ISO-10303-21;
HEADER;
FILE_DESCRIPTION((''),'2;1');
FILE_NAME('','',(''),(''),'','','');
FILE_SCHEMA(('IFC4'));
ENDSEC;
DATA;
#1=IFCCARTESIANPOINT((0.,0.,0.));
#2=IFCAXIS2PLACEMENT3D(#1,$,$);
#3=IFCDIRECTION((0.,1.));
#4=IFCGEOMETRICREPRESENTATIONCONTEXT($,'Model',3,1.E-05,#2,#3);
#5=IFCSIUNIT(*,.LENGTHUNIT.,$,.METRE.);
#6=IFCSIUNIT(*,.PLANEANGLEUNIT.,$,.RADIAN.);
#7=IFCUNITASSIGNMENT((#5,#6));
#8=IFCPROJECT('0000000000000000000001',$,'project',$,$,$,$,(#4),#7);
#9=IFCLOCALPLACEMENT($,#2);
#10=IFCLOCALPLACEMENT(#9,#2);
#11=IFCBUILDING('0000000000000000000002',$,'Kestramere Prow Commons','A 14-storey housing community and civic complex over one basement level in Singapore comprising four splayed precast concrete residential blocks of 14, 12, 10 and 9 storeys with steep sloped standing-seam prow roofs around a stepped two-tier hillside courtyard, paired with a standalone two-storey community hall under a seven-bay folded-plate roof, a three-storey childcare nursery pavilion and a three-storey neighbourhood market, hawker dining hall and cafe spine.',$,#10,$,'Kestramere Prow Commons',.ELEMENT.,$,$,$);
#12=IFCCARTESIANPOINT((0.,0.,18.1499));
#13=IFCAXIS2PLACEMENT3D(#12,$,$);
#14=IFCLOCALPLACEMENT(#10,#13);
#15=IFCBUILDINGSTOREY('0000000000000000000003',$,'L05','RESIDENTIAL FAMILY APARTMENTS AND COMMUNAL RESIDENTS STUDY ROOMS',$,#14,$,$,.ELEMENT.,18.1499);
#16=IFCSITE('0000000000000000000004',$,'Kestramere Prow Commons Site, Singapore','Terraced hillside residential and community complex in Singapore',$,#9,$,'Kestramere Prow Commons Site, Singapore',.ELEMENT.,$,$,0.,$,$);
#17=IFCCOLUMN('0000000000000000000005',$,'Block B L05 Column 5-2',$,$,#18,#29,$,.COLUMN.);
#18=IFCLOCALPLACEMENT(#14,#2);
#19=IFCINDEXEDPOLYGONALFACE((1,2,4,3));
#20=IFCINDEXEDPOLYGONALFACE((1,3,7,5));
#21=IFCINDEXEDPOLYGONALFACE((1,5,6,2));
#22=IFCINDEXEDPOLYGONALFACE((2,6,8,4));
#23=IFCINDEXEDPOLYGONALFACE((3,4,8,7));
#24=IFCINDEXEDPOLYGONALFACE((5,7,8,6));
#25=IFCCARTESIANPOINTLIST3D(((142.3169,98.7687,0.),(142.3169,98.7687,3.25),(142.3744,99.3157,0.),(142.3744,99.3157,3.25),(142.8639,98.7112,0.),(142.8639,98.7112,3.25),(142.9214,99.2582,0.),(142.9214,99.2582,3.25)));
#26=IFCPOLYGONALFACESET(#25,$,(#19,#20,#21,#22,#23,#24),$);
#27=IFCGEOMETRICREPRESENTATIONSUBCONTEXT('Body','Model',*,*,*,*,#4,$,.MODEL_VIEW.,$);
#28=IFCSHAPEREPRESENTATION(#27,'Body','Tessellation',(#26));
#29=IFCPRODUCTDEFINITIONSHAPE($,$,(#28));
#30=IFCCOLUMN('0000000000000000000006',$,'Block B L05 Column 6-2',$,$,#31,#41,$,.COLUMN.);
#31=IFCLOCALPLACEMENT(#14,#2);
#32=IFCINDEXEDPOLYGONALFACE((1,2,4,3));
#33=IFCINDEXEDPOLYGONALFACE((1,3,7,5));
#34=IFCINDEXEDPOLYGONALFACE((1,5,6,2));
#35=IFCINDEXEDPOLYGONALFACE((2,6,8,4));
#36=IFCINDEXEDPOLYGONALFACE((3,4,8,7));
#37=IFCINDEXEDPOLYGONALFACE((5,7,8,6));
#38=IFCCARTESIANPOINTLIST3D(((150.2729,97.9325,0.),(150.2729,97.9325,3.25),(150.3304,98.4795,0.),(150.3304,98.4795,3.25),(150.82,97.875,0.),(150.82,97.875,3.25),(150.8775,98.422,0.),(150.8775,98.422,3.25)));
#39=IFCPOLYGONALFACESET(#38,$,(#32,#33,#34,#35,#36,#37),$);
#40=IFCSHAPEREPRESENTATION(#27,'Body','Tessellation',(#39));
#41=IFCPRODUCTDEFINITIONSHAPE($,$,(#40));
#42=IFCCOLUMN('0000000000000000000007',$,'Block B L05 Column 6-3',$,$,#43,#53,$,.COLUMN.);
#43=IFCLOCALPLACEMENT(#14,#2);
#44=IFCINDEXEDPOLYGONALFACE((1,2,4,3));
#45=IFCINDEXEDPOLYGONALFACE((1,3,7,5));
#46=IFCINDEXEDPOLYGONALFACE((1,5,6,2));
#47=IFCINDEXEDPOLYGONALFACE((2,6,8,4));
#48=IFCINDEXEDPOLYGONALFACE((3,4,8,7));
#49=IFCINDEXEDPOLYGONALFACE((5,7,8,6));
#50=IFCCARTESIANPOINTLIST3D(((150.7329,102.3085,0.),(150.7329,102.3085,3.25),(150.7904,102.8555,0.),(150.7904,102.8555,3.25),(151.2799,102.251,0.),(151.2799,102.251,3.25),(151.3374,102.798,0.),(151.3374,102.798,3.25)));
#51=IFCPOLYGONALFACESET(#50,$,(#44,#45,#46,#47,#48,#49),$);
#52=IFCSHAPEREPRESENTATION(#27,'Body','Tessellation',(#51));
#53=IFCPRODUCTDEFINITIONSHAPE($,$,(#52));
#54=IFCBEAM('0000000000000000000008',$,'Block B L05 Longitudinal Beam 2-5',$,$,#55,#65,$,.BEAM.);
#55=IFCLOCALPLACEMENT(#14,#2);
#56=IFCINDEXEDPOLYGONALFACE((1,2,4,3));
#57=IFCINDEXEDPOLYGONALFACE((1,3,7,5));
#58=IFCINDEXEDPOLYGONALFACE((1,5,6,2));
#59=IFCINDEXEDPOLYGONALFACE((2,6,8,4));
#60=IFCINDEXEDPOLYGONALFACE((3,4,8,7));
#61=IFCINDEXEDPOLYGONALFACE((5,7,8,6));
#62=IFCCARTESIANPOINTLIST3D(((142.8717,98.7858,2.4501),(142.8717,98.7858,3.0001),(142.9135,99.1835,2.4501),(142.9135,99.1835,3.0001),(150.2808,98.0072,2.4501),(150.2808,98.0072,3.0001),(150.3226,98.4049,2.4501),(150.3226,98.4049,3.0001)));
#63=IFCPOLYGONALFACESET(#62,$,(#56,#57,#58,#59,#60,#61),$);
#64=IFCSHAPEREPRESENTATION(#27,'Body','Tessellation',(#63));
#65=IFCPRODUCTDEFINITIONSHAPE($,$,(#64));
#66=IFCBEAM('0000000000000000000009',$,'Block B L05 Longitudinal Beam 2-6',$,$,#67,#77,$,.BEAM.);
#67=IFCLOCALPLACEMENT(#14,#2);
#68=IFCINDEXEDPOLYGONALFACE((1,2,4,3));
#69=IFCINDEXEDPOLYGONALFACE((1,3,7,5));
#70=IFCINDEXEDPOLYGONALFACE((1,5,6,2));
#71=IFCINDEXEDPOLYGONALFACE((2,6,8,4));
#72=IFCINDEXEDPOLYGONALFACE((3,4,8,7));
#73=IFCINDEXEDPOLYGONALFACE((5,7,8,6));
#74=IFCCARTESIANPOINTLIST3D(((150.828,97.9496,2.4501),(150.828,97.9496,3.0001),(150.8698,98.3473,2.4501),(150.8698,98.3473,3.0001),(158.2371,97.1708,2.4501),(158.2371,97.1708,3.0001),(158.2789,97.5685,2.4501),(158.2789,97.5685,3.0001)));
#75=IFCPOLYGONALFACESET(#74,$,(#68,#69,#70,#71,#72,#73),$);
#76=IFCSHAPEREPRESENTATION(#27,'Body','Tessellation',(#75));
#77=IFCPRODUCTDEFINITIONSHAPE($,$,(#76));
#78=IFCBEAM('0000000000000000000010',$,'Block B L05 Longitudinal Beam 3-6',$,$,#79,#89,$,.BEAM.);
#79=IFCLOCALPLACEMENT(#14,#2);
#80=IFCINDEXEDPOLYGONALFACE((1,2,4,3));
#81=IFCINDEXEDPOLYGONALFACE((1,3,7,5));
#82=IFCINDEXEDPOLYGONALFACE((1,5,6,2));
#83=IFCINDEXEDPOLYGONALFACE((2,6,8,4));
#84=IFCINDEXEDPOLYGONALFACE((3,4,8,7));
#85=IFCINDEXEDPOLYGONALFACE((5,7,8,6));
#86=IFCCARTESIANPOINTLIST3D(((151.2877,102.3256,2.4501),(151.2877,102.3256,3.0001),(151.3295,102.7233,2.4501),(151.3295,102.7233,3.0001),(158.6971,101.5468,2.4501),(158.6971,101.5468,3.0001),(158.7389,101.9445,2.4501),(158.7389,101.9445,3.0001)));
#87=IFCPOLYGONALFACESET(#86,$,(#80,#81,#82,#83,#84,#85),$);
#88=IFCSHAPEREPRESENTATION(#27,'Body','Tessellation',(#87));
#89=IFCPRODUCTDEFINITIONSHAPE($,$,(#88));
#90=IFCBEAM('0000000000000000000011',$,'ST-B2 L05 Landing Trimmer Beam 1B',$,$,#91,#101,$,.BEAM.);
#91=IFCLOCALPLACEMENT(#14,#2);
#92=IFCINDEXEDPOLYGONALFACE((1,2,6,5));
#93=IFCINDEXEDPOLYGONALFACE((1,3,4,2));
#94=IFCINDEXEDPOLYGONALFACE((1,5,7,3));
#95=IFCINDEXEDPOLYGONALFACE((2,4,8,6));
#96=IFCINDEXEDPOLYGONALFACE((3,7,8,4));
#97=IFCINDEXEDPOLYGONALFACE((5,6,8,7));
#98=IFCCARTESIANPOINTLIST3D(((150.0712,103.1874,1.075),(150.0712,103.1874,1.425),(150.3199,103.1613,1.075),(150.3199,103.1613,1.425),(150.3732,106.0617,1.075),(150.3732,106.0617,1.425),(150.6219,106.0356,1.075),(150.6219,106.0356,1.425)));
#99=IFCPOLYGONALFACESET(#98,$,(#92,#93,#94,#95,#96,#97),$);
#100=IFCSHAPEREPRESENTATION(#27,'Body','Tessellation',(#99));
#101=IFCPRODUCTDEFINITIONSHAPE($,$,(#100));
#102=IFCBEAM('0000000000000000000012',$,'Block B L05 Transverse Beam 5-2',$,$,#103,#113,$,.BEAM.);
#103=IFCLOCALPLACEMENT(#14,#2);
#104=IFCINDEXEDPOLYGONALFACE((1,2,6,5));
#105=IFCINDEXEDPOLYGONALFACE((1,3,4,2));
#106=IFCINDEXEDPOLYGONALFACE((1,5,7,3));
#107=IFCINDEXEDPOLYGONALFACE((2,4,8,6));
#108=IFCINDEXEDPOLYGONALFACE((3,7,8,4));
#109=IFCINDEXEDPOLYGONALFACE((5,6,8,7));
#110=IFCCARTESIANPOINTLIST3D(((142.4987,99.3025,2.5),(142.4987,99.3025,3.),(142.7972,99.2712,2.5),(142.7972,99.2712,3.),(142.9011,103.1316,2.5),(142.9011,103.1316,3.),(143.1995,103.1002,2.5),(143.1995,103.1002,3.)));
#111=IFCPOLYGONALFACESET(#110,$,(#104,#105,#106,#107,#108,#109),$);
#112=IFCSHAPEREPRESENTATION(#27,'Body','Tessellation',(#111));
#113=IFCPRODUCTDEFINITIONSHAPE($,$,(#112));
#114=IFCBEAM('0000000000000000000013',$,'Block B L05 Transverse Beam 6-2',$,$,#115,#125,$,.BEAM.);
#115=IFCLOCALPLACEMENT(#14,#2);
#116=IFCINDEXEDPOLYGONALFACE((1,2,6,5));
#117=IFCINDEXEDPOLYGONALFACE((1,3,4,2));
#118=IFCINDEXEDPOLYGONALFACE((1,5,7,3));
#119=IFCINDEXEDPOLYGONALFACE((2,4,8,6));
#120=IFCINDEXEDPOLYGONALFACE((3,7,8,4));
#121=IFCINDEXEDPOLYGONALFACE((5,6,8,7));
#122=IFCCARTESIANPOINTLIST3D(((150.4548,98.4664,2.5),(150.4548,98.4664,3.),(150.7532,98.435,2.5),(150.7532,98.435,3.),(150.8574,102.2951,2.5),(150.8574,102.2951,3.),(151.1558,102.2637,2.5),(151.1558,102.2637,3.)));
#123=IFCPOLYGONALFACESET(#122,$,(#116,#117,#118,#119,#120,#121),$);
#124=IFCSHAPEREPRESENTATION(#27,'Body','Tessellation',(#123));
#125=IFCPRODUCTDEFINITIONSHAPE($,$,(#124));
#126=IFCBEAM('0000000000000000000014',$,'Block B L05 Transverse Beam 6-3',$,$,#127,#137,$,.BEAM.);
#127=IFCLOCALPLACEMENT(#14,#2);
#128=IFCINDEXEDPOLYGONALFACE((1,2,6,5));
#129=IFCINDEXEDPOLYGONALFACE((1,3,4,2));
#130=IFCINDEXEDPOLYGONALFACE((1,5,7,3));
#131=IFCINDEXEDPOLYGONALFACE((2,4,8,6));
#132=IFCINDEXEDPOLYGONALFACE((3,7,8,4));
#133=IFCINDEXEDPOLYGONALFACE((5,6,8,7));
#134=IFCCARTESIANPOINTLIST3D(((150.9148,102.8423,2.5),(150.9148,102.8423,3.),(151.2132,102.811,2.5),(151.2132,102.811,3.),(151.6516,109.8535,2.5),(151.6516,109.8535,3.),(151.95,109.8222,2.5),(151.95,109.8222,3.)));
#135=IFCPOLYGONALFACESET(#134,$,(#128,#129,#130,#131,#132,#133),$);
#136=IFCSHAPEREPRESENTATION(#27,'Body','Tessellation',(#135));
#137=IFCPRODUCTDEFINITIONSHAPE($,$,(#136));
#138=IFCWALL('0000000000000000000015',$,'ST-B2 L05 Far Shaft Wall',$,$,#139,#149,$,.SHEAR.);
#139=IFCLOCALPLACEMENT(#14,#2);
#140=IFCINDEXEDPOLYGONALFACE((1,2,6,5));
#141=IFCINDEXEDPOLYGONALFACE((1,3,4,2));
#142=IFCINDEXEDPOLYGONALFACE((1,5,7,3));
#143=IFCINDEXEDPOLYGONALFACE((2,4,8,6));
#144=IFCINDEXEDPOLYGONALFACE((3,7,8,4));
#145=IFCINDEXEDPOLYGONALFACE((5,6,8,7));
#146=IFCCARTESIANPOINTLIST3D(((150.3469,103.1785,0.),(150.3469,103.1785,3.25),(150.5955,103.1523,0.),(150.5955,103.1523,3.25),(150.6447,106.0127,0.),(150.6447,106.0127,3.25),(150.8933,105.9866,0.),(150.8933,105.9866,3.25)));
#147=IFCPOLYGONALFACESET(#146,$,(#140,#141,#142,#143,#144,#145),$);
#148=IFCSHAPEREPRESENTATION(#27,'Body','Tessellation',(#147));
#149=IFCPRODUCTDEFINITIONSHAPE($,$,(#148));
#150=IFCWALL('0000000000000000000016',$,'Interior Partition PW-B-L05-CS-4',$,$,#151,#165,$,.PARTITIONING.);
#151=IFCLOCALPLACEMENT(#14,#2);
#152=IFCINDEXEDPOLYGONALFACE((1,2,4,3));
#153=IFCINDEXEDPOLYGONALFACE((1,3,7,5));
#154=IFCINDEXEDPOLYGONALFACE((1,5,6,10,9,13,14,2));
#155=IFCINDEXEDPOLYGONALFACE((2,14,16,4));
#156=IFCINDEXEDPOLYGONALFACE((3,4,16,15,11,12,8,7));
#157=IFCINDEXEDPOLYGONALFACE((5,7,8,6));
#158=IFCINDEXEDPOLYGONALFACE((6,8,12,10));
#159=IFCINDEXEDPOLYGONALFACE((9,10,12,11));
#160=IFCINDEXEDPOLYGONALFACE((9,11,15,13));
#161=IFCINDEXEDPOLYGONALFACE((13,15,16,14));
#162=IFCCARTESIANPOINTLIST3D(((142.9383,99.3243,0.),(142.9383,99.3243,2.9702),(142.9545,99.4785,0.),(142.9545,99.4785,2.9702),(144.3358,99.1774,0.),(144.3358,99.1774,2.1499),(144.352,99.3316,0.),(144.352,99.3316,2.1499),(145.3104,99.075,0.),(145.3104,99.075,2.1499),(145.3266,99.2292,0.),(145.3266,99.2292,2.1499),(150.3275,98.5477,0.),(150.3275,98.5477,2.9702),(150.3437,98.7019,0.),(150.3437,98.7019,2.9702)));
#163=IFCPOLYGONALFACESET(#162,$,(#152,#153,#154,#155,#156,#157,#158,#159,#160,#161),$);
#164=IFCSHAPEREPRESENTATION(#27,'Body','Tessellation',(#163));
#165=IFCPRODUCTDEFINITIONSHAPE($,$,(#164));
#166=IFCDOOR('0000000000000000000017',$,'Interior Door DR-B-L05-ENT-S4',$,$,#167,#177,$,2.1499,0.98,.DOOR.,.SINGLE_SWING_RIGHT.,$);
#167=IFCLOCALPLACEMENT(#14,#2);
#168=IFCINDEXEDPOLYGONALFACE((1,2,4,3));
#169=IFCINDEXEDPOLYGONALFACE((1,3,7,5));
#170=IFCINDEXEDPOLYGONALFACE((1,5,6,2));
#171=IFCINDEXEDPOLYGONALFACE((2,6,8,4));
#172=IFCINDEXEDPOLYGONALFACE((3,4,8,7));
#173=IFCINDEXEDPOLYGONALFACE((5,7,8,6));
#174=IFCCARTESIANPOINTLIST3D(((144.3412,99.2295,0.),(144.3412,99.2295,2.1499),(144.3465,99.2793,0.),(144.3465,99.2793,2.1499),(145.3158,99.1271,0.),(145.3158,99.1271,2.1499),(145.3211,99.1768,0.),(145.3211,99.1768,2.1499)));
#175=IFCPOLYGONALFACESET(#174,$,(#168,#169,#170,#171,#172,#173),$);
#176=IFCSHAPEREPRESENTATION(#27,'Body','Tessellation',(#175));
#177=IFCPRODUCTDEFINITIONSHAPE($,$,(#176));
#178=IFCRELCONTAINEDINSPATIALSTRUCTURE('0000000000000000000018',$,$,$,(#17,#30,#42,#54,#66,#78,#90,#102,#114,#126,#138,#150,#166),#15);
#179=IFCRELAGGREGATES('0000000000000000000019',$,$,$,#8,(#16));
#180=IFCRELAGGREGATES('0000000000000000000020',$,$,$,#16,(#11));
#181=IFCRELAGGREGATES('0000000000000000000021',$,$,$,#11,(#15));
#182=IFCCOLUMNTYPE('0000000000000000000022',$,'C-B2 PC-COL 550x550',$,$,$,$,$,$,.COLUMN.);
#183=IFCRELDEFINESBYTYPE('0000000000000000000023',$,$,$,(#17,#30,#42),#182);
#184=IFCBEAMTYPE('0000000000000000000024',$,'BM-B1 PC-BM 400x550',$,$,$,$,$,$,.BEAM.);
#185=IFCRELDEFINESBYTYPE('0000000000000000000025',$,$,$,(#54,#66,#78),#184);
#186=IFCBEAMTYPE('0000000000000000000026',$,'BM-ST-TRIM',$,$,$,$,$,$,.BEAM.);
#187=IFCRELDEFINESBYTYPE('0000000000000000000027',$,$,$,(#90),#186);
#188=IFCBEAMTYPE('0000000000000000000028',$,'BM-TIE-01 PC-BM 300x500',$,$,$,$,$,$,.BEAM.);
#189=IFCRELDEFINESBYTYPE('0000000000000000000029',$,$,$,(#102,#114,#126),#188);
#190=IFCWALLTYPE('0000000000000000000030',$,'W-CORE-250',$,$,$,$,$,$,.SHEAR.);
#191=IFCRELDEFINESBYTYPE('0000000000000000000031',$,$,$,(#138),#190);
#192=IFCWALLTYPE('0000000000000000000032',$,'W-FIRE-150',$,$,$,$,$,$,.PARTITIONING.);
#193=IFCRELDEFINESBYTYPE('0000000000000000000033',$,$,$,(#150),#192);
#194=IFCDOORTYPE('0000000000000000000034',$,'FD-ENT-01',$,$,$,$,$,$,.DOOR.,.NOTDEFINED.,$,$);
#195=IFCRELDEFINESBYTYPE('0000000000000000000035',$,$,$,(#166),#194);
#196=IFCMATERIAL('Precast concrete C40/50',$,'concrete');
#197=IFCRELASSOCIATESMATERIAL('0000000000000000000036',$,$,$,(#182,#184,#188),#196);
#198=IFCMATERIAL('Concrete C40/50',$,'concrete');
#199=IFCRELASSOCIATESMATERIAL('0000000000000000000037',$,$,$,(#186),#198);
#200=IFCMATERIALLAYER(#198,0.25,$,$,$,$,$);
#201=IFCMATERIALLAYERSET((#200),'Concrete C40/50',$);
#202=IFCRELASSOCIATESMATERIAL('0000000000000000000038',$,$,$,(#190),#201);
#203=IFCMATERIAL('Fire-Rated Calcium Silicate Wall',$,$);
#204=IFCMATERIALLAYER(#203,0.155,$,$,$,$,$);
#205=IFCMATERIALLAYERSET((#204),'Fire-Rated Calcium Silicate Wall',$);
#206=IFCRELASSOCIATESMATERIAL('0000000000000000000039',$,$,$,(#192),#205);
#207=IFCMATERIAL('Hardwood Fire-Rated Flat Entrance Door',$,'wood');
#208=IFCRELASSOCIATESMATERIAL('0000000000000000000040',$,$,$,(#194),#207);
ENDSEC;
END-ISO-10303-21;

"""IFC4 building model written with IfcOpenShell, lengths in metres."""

from ifc_helpers import new_model, si_unit, direction, frame, frame_2d, origin, origin_2d, place, context, subcontext, project, spatial, rectangle, extrude, material, layer, layer_set, material_profile, profile_set, type_object, element, fill, save


model = new_model("IFC4")

# Units and contexts
model_context = context("Model", 3, precision=1e-05, world=origin(), true_north=direction((0.0, 1.0)))
body_context = subcontext(model_context, "Body", "Model", "MODEL_VIEW")
ifc_project = project(units=[si_unit("LENGTHUNIT", "METRE"), si_unit("PLANEANGLEUNIT", "RADIAN")], contexts=[model_context])

# Site, building, storey
site_placement = place(None, origin())
site = spatial("IfcSite", under=ifc_project, at=site_placement, Name="Kestramere Prow Commons Site, Singapore", Description="Terraced hillside residential and community complex in Singapore", LongName="Kestramere Prow Commons Site, Singapore", CompositionType="ELEMENT", RefElevation=0.0)
building_placement = place(site_placement, origin())
building = spatial("IfcBuilding", under=site, at=building_placement, Name="Kestramere Prow Commons", Description="A 14-storey housing community and civic complex over one basement level in Singapore comprising four splayed precast concrete residential blocks of 14, 12, 10 and 9 storeys with steep sloped standing-seam prow roofs around a stepped two-tier hillside courtyard, paired with a standalone two-storey community hall under a seven-bay folded-plate roof, a three-storey childcare nursery pavilion and a three-storey neighbourhood market, hawker dining hall and cafe spine.", LongName="Kestramere Prow Commons", CompositionType="ELEMENT")
storey_placement = place(building_placement, frame((0.0, 0.0, 18.1499)))
storey = spatial("IfcBuildingStorey", under=building, at=storey_placement, Name="L05", Description="RESIDENTIAL FAMILY APARTMENTS AND COMMUNAL RESIDENTS STUDY ROOMS", CompositionType="ELEMENT", Elevation=18.1499)

# Columns
ifc_material_1 = material(Name="Precast concrete C40/50", Category="concrete")
ifc_material_profile_1 = material_profile(ifc_material_1, rectangle(XDim=0.55, YDim=0.55, at=origin_2d()), Name="PC-COL 550x550")
ifc_profile_set_1 = profile_set([ifc_material_profile_1], Name="Precast concrete C40/50")
column_type = type_object("IfcColumnType", Name="C-B2 PC-COL 550x550", PredefinedType="COLUMN", material=ifc_profile_set_1)
for number, where, z_axis, x_axis, name in (
    (1, (142.6191, 99.0134, 0.0), (0.0, 0.0, 1.0), (0.994522, -0.104528, 0.0), "Block B L05 Column 5-2"),
    (2, (150.5752, 98.1772, 0.0), (0.0, 0.0, 1.0), (0.994522, -0.104528, 0.0), "Block B L05 Column 6-2"),
    (3, (151.0352, 102.5532, 0.0), (0.0, 0.0, 1.0), (0.994522, -0.104528, 0.0), "Block B L05 Column 6-3"),
):
    element("IfcColumn", number, at=place(storey_placement, frame(where, z_axis=z_axis, x_axis=x_axis)), inside=storey, type_object=column_type, Name=name, PredefinedType="COLUMN", context=body_context, shape_type="SweptSolid", body=[
        extrude(rectangle(XDim=0.55, YDim=0.55, at=origin_2d()), origin(), (0.0, 0.0, 1.0), 3.25),
    ])

# Beams
ifc_material_profile_2 = material_profile(ifc_material_1, rectangle(XDim=0.3999, YDim=0.55, at=origin_2d()), Name="PC-BM 400x550")
ifc_profile_set_2 = profile_set([ifc_material_profile_2], Name="Precast concrete C40/50")
beam_type_1 = type_object("IfcBeamType", Name="BM-B1 PC-BM 400x550", PredefinedType="BEAM", material=ifc_profile_set_2)
for number, where, z_axis, x_axis, name in (
    (4, (142.8926, 98.9846, 2.7251), (0.994524, -0.104506, 0.0), (0.104506, 0.994524, 0.0), "Block B L05 Longitudinal Beam 2-5"),
    (5, (150.8489, 98.1484, 2.7251), (0.994521, -0.104538, 0.0), (0.104538, 0.994521, 0.0), "Block B L05 Longitudinal Beam 2-6"),
):
    element("IfcBeam", number, at=place(storey_placement, frame(where, z_axis=z_axis, x_axis=x_axis)), inside=storey, type_object=beam_type_1, Name=name, PredefinedType="BEAM", context=body_context, shape_type="SweptSolid", body=[
        extrude(rectangle(XDim=0.3999, YDim=0.55, at=origin_2d()), origin(), (0.0, 0.0, 1.0), 7.45),
    ])
beam_1_placement = place(storey_placement, frame((151.3086, 102.5244, 2.7251), z_axis=(0.994521, -0.104535, 0.0), x_axis=(0.104535, 0.994521, 0.0)))
element("IfcBeam", 6, at=beam_1_placement, inside=storey, type_object=beam_type_1, Name="Block B L05 Longitudinal Beam 3-6", PredefinedType="BEAM", context=body_context, shape_type="SweptSolid", body=[
    extrude(rectangle(XDim=0.3999, YDim=0.55, at=origin_2d()), origin(), (0.0, 0.0, 1.0), 7.4502),
])
ifc_material_2 = material(Name="Concrete C40/50", Category="concrete")
ifc_material_profile_3 = material_profile(ifc_material_2, rectangle(XDim=0.25, YDim=0.3501, at=origin_2d()), Name="PC-BM 250x350")
ifc_profile_set_3 = profile_set([ifc_material_profile_3], Name="Concrete C40/50")
beam_type_2 = type_object("IfcBeamType", Name="BM-ST-TRIM", PredefinedType="BEAM", material=ifc_profile_set_3)
beam_2_placement = place(storey_placement, frame((150.1956, 103.1743, 1.25), z_axis=(0.104496, 0.994525, 0.0), x_axis=(-0.994525, 0.104496, 0.0)))
element("IfcBeam", 7, at=beam_2_placement, inside=storey, type_object=beam_type_2, Name="ST-B2 L05 Landing Trimmer Beam 1B", PredefinedType="BEAM", context=body_context, shape_type="SweptSolid", body=[
    extrude(rectangle(XDim=0.25, YDim=0.3501, at=origin_2d()), origin(), (0.0, 0.0, 1.0), 2.8901),
])
ifc_material_profile_4 = material_profile(ifc_material_1, rectangle(XDim=0.3, YDim=0.5, at=origin_2d()), Name="PC-BM 300x500")
ifc_profile_set_4 = profile_set([ifc_material_profile_4], Name="Precast concrete C40/50")
beam_type_3 = type_object("IfcBeamType", Name="BM-TIE-01 PC-BM 300x500", PredefinedType="BEAM", material=ifc_profile_set_4)
beam_3_placement = place(storey_placement, frame((142.6479, 99.2869, 2.75), z_axis=(0.1045, 0.994525, 0.0), x_axis=(-0.994525, 0.1045, 0.0)))
element("IfcBeam", 8, at=beam_3_placement, inside=storey, type_object=beam_type_3, Name="Block B L05 Transverse Beam 5-2", PredefinedType="BEAM", context=body_context, shape_type="SweptSolid", body=[
    extrude(rectangle(XDim=0.3, YDim=0.5, at=origin_2d()), origin(), (0.0, 0.0, 1.0), 3.8501),
])
beam_4_placement = place(storey_placement, frame((150.604, 98.4507, 2.75), z_axis=(0.104569, 0.994518, 0.0), x_axis=(-0.994518, 0.104569, 0.0)))
element("IfcBeam", 9, at=beam_4_placement, inside=storey, type_object=beam_type_3, Name="Block B L05 Transverse Beam 6-2", PredefinedType="BEAM", context=body_context, shape_type="SweptSolid", body=[
    extrude(rectangle(XDim=0.3, YDim=0.5, at=origin_2d()), origin(), (0.0, 0.0, 1.0), 3.8499),
])
beam_5_placement = place(storey_placement, frame((151.064, 102.8267, 2.75), z_axis=(0.104515, 0.994523, 0.0), x_axis=(-0.994523, 0.104515, 0.0)))
element("IfcBeam", 10, at=beam_5_placement, inside=storey, type_object=beam_type_3, Name="Block B L05 Transverse Beam 6-3", PredefinedType="BEAM", context=body_context, shape_type="SweptSolid", body=[
    extrude(rectangle(XDim=0.3, YDim=0.5, at=origin_2d()), origin(), (0.0, 0.0, 1.0), 7.0498),
])

# Wall
ifc_layer_1 = layer(ifc_material_2, 0.25)
ifc_layer_set_1 = layer_set([ifc_layer_1], Name="Concrete C40/50")
wall_type_1 = type_object("IfcWallType", Name="W-CORE-250", PredefinedType="SHEAR", material=ifc_layer_set_1)
wall_1_placement = place(storey_placement, frame((150.4712, 103.1655, 0.0), z_axis=(0.0, 0.0, 1.0), x_axis=(0.104515, 0.994523, 0.0)))
element("IfcWall", 11, at=wall_1_placement, inside=storey, type_object=wall_type_1, Name="ST-B2 L05 Far Shaft Wall", PredefinedType="SHEAR", context=body_context, shape_type="SweptSolid", body=[
    extrude(rectangle(XDim=2.8499, YDim=0.25, at=frame_2d((1.4248, 0.0))), origin(), (0.0, 0.0, 1.0), 3.25),
])

# Wall, opening, door
ifc_material_3 = material(Name="Fire-Rated Calcium Silicate Wall")
ifc_layer_2 = layer(ifc_material_3, 0.155)
ifc_layer_set_2 = layer_set([ifc_layer_2], Name="Fire-Rated Calcium Silicate Wall")
wall_type_2 = type_object("IfcWallType", Name="W-FIRE-150", PredefinedType="PARTITIONING", material=ifc_layer_set_2)
wall_2_placement = place(storey_placement, frame((142.9465, 99.4014, 0.0), z_axis=(0.0, 0.0, 1.0), x_axis=(0.994522, -0.104526, 0.0)))
wall_2 = element("IfcWall", 12, at=wall_2_placement, inside=storey, type_object=wall_type_2, Name="Interior Partition PW-B-L05-CS-4", PredefinedType="PARTITIONING", context=body_context, shape_type="SweptSolid", body=[
    extrude(rectangle(XDim=7.4299, YDim=0.155, at=frame_2d((3.7148, 0.0))), origin(), (0.0, 0.0, 1.0), 2.9702),
])
opening_1_placement = place(wall_2_placement, frame((1.405, 0.0, 0.0)))
opening_1 = element("IfcOpeningElement", 13, at=opening_1_placement, cuts=wall_2, PredefinedType="OPENING", context=body_context, shape_type="SweptSolid", body=[
    extrude(rectangle(XDim=0.98, YDim=2.1499, at=frame_2d((0.49, 1.075))), frame((0.0, 0.0925, 0.0), z_axis=(0.0, -1.0, 0.0), x_axis=(1.0, 0.0, 0.0)), (0.0, 0.0, 1.0), 0.1851),
])
ifc_material_4 = material(Name="Hardwood Fire-Rated Flat Entrance Door", Category="wood")
door_type_1 = type_object("IfcDoorType", Name="FD-ENT-01", OperationType="NOTDEFINED", PredefinedType="DOOR", material=ifc_material_4)
door_1_placement = place(opening_1_placement, origin())
door_1 = element("IfcDoor", 14, at=door_1_placement, inside=storey, type_object=door_type_1, Name="Interior Door DR-B-L05-ENT-S4", OperationType="SINGLE_SWING_RIGHT", OverallHeight=2.1499, OverallWidth=0.98, PredefinedType="DOOR", context=body_context, shape_type="SweptSolid", body=[
    extrude(rectangle(XDim=0.98, YDim=2.1499, at=frame_2d((0.49, 1.075))), frame((0.0, 0.0249, 0.0), z_axis=(0.0, -1.0, 0.0), x_axis=(1.0, 0.0, 0.0)), (0.0, 0.0, 1.0), 0.05),
])
fill(opening_1, door_1)

save(model, "model.ifc")
